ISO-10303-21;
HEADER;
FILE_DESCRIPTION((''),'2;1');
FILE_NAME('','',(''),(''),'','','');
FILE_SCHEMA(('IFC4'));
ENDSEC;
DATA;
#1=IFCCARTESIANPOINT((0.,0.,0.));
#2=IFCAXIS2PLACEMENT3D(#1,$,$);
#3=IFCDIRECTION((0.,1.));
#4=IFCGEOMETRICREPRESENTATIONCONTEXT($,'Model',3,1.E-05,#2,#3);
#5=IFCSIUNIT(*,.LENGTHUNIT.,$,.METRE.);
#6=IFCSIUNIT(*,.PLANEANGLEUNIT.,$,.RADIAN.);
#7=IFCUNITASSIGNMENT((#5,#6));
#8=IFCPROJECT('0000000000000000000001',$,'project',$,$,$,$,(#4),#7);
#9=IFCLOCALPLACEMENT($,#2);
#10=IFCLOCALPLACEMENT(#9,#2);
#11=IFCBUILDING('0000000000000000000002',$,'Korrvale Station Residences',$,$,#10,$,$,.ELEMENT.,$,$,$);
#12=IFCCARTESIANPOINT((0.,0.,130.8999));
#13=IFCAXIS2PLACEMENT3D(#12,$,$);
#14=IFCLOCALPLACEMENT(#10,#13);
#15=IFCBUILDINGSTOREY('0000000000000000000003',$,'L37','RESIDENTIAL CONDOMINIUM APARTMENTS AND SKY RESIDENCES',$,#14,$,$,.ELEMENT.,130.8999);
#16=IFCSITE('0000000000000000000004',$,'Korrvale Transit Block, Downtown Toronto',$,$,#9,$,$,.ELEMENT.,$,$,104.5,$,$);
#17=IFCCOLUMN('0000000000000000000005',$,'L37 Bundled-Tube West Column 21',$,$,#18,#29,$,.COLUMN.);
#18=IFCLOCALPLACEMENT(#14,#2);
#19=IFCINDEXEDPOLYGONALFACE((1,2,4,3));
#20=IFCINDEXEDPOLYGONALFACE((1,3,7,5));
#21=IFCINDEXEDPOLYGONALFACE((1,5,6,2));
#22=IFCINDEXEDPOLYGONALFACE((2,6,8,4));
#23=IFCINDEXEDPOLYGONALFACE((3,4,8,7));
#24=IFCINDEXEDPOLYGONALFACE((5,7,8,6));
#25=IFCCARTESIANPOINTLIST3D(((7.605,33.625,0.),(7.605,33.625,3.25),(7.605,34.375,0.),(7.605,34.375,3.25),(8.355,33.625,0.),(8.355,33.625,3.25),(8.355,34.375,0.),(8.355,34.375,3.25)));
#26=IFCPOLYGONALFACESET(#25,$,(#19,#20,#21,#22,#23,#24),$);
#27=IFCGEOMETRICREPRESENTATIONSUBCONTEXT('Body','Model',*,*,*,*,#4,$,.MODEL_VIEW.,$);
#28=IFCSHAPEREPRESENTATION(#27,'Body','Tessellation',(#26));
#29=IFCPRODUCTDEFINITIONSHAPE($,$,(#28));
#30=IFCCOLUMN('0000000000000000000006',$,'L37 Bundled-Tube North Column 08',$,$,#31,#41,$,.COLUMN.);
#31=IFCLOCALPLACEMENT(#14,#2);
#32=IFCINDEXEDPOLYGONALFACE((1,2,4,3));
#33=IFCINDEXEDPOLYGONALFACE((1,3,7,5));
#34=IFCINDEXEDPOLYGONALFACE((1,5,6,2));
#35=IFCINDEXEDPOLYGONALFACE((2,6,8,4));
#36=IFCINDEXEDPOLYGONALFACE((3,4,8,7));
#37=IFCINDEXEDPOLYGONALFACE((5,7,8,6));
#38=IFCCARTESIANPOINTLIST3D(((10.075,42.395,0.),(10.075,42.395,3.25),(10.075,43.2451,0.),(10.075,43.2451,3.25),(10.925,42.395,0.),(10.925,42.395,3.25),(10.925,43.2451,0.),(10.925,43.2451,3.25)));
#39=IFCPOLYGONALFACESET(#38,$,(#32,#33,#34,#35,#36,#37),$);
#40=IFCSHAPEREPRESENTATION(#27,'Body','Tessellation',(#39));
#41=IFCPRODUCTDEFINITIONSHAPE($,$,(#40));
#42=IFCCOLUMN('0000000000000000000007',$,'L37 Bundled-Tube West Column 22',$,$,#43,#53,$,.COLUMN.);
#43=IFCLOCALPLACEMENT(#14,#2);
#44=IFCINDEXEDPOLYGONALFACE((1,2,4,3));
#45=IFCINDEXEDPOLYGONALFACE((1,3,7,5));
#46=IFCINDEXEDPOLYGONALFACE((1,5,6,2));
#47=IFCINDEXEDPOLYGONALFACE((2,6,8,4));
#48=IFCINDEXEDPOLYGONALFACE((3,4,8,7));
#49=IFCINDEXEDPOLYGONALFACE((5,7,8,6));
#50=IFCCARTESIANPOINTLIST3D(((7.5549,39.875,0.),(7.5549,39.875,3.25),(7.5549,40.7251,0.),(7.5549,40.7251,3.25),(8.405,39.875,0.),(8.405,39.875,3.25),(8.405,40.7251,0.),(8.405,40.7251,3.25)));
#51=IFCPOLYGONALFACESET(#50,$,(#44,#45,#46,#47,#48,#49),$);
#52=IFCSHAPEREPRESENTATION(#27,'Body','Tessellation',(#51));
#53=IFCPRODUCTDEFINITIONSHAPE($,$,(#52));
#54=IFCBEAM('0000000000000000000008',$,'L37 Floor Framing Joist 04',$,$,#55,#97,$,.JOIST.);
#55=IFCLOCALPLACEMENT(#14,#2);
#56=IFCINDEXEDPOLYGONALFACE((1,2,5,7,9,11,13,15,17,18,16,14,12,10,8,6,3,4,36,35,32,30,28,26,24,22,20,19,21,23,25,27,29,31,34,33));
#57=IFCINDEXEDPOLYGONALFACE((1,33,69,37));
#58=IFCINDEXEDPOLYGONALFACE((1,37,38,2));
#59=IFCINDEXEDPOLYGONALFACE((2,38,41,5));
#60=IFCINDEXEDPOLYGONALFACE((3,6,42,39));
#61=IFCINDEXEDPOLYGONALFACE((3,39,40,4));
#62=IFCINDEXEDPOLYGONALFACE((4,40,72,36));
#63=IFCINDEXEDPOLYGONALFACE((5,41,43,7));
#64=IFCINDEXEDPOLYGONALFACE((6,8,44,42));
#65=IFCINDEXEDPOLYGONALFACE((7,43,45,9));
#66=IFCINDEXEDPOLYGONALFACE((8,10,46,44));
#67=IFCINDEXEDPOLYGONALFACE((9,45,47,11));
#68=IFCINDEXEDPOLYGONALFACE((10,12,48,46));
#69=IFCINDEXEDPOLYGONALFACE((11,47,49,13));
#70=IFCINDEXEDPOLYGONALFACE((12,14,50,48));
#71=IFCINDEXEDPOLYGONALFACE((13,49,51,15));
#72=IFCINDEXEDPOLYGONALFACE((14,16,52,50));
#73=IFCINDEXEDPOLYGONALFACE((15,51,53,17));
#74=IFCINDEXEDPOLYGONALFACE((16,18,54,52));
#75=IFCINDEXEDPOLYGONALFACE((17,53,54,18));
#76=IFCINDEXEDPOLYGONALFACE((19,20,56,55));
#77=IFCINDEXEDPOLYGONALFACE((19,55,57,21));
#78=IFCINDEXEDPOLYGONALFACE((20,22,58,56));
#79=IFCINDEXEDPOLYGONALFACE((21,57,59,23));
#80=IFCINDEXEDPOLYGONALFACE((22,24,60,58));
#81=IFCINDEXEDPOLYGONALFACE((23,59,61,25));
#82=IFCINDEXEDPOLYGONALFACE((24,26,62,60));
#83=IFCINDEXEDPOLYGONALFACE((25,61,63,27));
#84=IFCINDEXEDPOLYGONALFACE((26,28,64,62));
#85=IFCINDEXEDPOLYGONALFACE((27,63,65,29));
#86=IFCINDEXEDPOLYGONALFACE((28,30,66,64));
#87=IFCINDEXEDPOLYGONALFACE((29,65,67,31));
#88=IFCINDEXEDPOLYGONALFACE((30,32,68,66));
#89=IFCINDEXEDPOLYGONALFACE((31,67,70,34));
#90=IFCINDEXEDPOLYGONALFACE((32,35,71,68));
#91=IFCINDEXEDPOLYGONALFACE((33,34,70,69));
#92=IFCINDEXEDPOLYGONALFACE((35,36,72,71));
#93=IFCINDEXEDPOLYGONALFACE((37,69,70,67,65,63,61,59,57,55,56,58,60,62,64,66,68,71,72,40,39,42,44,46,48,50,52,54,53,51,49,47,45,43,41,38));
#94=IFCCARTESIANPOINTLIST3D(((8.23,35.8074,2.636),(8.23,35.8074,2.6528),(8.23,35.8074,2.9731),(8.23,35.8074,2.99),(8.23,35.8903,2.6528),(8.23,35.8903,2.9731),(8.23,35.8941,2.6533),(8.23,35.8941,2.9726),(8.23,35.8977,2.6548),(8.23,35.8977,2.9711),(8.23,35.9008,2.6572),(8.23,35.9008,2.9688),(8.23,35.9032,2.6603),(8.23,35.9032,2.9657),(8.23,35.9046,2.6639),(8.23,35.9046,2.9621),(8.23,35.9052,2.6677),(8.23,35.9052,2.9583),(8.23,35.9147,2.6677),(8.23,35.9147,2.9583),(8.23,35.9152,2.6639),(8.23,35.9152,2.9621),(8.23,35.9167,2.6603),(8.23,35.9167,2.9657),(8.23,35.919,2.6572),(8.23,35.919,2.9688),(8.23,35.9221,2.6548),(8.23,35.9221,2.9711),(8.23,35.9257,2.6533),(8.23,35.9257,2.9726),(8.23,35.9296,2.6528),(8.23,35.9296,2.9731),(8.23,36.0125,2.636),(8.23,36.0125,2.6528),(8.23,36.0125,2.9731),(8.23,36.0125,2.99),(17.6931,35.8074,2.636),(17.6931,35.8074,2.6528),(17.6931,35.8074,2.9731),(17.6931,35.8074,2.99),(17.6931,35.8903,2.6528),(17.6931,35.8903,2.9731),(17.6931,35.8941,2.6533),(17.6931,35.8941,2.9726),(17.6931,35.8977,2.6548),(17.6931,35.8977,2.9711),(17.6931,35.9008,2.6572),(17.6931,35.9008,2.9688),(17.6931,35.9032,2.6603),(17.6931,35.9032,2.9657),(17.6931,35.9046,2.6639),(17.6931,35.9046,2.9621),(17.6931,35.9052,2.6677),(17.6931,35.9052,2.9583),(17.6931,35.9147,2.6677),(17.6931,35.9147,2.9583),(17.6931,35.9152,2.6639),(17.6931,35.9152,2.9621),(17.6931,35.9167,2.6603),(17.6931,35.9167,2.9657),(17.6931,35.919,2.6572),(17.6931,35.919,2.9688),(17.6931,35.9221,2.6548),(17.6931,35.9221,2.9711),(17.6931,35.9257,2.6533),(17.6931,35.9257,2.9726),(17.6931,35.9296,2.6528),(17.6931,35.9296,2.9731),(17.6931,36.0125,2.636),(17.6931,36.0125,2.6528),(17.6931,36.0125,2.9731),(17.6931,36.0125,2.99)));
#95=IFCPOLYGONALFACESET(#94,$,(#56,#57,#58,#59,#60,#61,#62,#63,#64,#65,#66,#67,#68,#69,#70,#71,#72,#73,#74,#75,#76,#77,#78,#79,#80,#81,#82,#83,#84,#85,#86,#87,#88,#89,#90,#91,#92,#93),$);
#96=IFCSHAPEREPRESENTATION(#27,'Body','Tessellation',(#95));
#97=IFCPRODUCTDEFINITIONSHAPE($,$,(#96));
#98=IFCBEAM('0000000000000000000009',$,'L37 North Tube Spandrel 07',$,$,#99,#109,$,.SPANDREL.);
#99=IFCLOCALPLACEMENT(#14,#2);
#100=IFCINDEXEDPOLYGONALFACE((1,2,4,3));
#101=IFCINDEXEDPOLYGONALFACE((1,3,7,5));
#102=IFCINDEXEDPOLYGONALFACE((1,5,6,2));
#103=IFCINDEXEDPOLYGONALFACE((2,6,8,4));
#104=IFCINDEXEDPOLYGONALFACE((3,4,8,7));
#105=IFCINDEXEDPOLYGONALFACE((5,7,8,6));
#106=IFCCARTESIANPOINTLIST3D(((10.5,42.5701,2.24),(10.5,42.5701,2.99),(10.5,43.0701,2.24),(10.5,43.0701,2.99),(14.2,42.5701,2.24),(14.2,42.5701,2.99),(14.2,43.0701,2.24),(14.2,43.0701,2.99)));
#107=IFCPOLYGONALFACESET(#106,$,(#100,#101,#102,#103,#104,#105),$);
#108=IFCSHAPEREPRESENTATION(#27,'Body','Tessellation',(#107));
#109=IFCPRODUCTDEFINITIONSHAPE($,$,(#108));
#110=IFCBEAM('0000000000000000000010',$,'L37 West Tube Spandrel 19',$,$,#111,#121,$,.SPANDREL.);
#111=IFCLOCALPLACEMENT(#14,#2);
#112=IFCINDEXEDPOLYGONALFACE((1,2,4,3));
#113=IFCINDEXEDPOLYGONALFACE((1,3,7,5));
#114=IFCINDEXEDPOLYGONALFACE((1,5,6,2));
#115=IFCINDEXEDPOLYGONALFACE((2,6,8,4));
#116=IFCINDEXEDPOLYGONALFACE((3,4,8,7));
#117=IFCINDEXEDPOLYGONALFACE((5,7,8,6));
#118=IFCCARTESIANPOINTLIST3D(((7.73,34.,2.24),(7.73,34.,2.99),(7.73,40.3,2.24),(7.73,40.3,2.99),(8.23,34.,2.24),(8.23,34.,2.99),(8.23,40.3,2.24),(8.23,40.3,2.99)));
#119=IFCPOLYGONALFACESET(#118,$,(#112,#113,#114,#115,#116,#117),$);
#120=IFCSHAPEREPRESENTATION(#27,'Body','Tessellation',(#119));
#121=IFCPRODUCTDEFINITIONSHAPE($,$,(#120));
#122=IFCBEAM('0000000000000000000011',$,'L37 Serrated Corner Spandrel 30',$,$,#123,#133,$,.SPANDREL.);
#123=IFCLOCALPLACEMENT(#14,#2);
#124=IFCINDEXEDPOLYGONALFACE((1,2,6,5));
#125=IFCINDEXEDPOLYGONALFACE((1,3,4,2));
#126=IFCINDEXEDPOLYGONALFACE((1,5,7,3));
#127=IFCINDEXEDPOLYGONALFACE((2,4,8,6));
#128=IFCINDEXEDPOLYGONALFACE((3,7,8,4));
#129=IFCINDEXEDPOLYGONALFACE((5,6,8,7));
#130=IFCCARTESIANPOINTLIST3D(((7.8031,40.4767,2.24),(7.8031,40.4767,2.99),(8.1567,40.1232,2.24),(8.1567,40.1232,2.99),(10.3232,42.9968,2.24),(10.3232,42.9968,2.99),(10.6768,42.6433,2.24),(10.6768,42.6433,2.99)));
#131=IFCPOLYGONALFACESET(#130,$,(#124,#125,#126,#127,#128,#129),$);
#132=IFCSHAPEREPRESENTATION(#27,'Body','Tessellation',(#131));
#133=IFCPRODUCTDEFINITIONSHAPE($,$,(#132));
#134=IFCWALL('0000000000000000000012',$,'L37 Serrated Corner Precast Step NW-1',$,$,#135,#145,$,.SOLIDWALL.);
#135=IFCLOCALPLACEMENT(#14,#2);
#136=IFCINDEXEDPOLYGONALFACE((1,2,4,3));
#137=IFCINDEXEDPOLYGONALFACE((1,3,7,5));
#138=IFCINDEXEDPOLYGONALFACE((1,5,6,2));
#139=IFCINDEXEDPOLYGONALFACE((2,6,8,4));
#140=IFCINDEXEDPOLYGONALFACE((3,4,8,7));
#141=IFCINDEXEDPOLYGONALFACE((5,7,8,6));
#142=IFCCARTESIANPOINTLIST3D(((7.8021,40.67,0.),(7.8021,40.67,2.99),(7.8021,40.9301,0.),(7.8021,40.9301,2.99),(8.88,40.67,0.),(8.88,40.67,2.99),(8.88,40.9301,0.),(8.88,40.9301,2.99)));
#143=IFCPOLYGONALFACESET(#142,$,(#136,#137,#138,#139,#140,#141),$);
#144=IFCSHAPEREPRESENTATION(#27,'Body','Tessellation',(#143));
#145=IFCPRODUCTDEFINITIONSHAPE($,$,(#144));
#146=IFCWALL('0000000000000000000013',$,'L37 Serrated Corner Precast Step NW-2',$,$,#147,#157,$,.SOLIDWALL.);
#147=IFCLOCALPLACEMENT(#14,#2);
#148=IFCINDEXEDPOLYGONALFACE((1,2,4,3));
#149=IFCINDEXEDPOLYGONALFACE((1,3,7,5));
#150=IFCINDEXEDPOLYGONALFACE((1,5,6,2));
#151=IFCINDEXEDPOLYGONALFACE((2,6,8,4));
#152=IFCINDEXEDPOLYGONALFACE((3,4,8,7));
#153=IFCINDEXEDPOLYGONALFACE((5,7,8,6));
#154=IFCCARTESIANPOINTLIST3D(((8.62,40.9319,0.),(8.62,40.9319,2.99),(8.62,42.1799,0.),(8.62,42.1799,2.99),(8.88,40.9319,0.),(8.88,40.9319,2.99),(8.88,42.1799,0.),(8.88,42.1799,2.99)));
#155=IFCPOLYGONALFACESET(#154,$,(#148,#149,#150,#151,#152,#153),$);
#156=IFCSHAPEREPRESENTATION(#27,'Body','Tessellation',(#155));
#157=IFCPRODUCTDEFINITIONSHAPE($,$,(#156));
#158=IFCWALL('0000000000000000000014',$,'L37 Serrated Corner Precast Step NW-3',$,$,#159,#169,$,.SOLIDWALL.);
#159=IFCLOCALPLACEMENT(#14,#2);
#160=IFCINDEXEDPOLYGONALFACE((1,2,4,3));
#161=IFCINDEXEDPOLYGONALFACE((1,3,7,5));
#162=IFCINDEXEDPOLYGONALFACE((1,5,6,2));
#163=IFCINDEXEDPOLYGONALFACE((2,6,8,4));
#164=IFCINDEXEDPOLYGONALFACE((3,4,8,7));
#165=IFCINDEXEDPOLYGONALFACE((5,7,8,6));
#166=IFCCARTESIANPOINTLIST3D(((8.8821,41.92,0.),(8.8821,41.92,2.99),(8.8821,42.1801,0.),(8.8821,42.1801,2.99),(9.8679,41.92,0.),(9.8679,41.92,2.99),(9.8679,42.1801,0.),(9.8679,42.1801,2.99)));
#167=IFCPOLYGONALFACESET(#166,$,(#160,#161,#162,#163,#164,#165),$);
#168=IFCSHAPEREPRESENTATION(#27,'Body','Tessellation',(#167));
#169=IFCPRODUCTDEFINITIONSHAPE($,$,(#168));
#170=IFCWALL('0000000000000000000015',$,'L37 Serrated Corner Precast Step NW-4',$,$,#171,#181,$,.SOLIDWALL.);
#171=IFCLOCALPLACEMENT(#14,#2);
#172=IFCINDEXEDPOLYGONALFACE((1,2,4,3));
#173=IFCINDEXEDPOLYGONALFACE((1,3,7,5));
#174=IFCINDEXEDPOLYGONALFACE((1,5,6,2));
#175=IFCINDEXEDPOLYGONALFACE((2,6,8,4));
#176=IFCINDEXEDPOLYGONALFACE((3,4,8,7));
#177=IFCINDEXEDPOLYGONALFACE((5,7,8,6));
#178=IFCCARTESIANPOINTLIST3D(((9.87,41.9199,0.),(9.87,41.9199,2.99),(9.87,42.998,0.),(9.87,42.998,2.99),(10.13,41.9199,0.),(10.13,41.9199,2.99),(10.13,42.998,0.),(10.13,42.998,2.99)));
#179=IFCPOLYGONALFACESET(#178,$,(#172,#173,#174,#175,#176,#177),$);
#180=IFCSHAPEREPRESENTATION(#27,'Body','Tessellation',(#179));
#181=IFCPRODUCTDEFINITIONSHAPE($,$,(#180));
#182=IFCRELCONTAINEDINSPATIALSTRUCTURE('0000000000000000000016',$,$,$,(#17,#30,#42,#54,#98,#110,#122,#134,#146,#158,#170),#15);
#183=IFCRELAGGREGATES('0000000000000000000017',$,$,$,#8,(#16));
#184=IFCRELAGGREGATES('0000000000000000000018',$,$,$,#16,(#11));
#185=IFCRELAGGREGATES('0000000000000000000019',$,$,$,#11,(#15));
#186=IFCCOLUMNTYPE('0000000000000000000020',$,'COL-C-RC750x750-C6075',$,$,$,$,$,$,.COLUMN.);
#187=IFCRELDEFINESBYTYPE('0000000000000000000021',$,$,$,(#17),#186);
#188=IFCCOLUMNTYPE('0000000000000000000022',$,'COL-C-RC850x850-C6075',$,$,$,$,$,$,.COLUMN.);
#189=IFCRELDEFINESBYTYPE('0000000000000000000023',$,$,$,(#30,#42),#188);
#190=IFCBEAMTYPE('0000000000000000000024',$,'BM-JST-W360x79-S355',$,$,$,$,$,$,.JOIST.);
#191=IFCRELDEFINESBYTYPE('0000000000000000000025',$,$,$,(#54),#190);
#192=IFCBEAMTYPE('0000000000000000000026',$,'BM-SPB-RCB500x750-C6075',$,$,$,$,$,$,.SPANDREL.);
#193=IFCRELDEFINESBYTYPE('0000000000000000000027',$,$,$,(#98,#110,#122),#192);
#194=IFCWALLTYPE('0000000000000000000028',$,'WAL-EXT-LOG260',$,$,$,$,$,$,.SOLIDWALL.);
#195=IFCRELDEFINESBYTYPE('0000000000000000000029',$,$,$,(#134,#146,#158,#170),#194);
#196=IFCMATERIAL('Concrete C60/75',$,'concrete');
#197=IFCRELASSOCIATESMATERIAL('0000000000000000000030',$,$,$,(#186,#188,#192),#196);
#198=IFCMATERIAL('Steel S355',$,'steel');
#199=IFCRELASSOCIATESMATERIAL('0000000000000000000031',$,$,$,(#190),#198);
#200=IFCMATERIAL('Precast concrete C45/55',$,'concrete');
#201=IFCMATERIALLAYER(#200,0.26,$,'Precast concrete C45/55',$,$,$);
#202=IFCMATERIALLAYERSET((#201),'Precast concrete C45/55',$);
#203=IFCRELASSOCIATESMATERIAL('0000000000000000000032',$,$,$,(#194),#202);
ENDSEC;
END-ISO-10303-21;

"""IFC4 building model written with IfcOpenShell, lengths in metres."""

from ifc_helpers import new_model, si_unit, direction, frame, frame_2d, origin, origin_2d, place, context, subcontext, project, spatial, rectangle, i_section, extrude, material, layer, layer_set, material_profile, profile_set, type_object, element, save


model = new_model("IFC4")

# Units and contexts
model_context = context("Model", 3, precision=1e-05, world=origin(), true_north=direction((0.0, 1.0)))
body_context = subcontext(model_context, "Body", "Model", "MODEL_VIEW")
ifc_project = project(units=[si_unit("LENGTHUNIT", "METRE"), si_unit("PLANEANGLEUNIT", "RADIAN")], contexts=[model_context])

# Site, building, storey
site_placement = place(None, origin())
site = spatial("IfcSite", under=ifc_project, at=site_placement, Name="Korrvale Transit Block, Downtown Toronto", CompositionType="ELEMENT", RefElevation=104.5)
building_placement = place(site_placement, origin())
building = spatial("IfcBuilding", under=site, at=building_placement, Name="Korrvale Station Residences", CompositionType="ELEMENT")
storey_placement = place(building_placement, frame((0.0, 0.0, 130.8999)))
storey = spatial("IfcBuildingStorey", under=building, at=storey_placement, Name="L37", Description="RESIDENTIAL CONDOMINIUM APARTMENTS AND SKY RESIDENCES", CompositionType="ELEMENT", Elevation=130.8999)

# Columns
ifc_material_1 = material(Name="Concrete C60/75", Category="concrete")
ifc_material_profile_1 = material_profile(ifc_material_1, rectangle(XDim=0.75, YDim=0.75, at=origin_2d()), Name="RC750x750")
ifc_profile_set_1 = profile_set([ifc_material_profile_1], Name="Concrete C60/75")
column_type_1 = type_object("IfcColumnType", Name="COL-C-RC750x750-C6075", PredefinedType="COLUMN", material=ifc_profile_set_1)
column_placement = place(storey_placement, frame((7.98, 34.0, 0.0), z_axis=(0.0, 0.0, 1.0), x_axis=(1.0, 0.0, 0.0)))
element("IfcColumn", 1, at=column_placement, inside=storey, type_object=column_type_1, Name="L37 Bundled-Tube West Column 21", PredefinedType="COLUMN", context=body_context, shape_type="SweptSolid", body=[
    extrude(rectangle(XDim=0.75, YDim=0.75, at=origin_2d()), origin(), (0.0, 0.0, 1.0), 3.25),
])
ifc_material_profile_2 = material_profile(ifc_material_1, rectangle(XDim=0.8501, YDim=0.8501, at=origin_2d()), Name="RC850x850")
ifc_profile_set_2 = profile_set([ifc_material_profile_2], Name="Concrete C60/75")
column_type_2 = type_object("IfcColumnType", Name="COL-C-RC850x850-C6075", PredefinedType="COLUMN", material=ifc_profile_set_2)
for number, where, z_axis, x_axis, name in (
    (2, (10.5, 42.8201, 0.0), (0.0, 0.0, 1.0), (1.0, 0.0, 0.0), "L37 Bundled-Tube North Column 08"),
    (3, (7.98, 40.3, 0.0), (0.0, 0.0, 1.0), (1.0, 0.0, 0.0), "L37 Bundled-Tube West Column 22"),
):
    element("IfcColumn", number, at=place(storey_placement, frame(where, z_axis=z_axis, x_axis=x_axis)), inside=storey, type_object=column_type_2, Name=name, PredefinedType="COLUMN", context=body_context, shape_type="SweptSolid", body=[
        extrude(rectangle(XDim=0.8501, YDim=0.8501, at=origin_2d()), origin(), (0.0, 0.0, 1.0), 3.25),
    ])

# Beams
ifc_material_2 = material(Name="Steel S355", Category="steel")
ifc_material_profile_3 = material_profile(ifc_material_2, i_section(OverallWidth=0.2051, OverallDepth=0.354, WebThickness=0.0095, FlangeThickness=0.0168, FilletRadius=0.0149, at=origin_2d()), Name="W360x79")
ifc_profile_set_3 = profile_set([ifc_material_profile_3], Name="Steel S355")
beam_type_1 = type_object("IfcBeamType", Name="BM-JST-W360x79-S355", PredefinedType="JOIST", material=ifc_profile_set_3)
beam_1_placement = place(storey_placement, frame((8.23, 35.9099, 2.813), z_axis=(1.0, 0.0, 0.0), x_axis=(0.0, 1.0, 0.0)))
element("IfcBeam", 4, at=beam_1_placement, inside=storey, type_object=beam_type_1, Name="L37 Floor Framing Joist 04", PredefinedType="JOIST", context=body_context, shape_type="SweptSolid", body=[
    extrude(i_section(OverallWidth=0.2051, OverallDepth=0.354, WebThickness=0.0095, FlangeThickness=0.0168, FilletRadius=0.0149, at=origin_2d()), origin(), (0.0, 0.0, 1.0), 9.4631),
])
ifc_material_profile_4 = material_profile(ifc_material_1, rectangle(XDim=0.5, YDim=0.75, at=origin_2d()), Name="RCB500x750")
ifc_profile_set_4 = profile_set([ifc_material_profile_4], Name="Concrete C60/75")
beam_type_2 = type_object("IfcBeamType", Name="BM-SPB-RCB500x750-C6075", PredefinedType="SPANDREL", material=ifc_profile_set_4)
beam_2_placement = place(storey_placement, frame((10.5, 42.8201, 2.615), z_axis=(1.0, 0.0, 0.0), x_axis=(0.0, 1.0, 0.0)))
element("IfcBeam", 5, at=beam_2_placement, inside=storey, type_object=beam_type_2, Name="L37 North Tube Spandrel 07", PredefinedType="SPANDREL", context=body_context, shape_type="SweptSolid", body=[
    extrude(rectangle(XDim=0.5, YDim=0.75, at=origin_2d()), origin(), (0.0, 0.0, 1.0), 3.7),
])
beam_3_placement = place(storey_placement, frame((7.98, 34.0, 2.615), z_axis=(0.0, 1.0, 0.0), x_axis=(-1.0, 0.0, 0.0)))
element("IfcBeam", 6, at=beam_3_placement, inside=storey, type_object=beam_type_2, Name="L37 West Tube Spandrel 19", PredefinedType="SPANDREL", context=body_context, shape_type="SweptSolid", body=[
    extrude(rectangle(XDim=0.5, YDim=0.75, at=origin_2d()), origin(), (0.0, 0.0, 1.0), 6.3),
])
beam_4_placement = place(storey_placement, frame((10.5, 42.8201, 2.615), z_axis=(-0.707107, -0.707107, 0.0), x_axis=(0.707107, -0.707107, 0.0)))
element("IfcBeam", 7, at=beam_4_placement, inside=storey, type_object=beam_type_2, Name="L37 Serrated Corner Spandrel 30", PredefinedType="SPANDREL", context=body_context, shape_type="SweptSolid", body=[
    extrude(rectangle(XDim=0.5, YDim=0.75, at=origin_2d()), origin(), (0.0, 0.0, 1.0), 3.564),
])

# Walls
ifc_material_3 = material(Name="Precast concrete C45/55", Category="concrete")
ifc_layer_1 = layer(ifc_material_3, 0.26, Name="Precast concrete C45/55")
ifc_layer_set_1 = layer_set([ifc_layer_1], Name="Precast concrete C45/55")
wall_type_1 = type_object("IfcWallType", Name="WAL-EXT-LOG260", PredefinedType="SOLIDWALL", material=ifc_layer_set_1)
wall_1_placement = place(storey_placement, frame((7.802, 40.8, 0.0), z_axis=(0.0, 0.0, 1.0), x_axis=(1.0, 0.0, 0.0)))
element("IfcWall", 8, at=wall_1_placement, inside=storey, type_object=wall_type_1, Name="L37 Serrated Corner Precast Step NW-1", PredefinedType="SOLIDWALL", context=body_context, shape_type="SweptSolid", body=[
    extrude(rectangle(XDim=1.0779, YDim=0.26, at=frame_2d((0.5391, 0.0))), origin(), (0.0, 0.0, 1.0), 2.99),
])
wall_2_placement = place(storey_placement, frame((8.75, 40.9319, 0.0), z_axis=(0.0, 0.0, 1.0), x_axis=(0.0, 1.0, 0.0)))
element("IfcWall", 9, at=wall_2_placement, inside=storey, type_object=wall_type_1, Name="L37 Serrated Corner Precast Step NW-2", PredefinedType="SOLIDWALL", context=body_context, shape_type="SweptSolid", body=[
    extrude(rectangle(XDim=1.248, YDim=0.26, at=frame_2d((0.624, 0.0))), origin(), (0.0, 0.0, 1.0), 2.99),
])
wall_3_placement = place(storey_placement, frame((8.8821, 42.05, 0.0), z_axis=(0.0, 0.0, 1.0), x_axis=(1.0, 0.0, 0.0)))
element("IfcWall", 10, at=wall_3_placement, inside=storey, type_object=wall_type_1, Name="L37 Serrated Corner Precast Step NW-3", PredefinedType="SOLIDWALL", context=body_context, shape_type="SweptSolid", body=[
    extrude(rectangle(XDim=0.9858, YDim=0.26, at=frame_2d((0.4929, 0.0))), origin(), (0.0, 0.0, 1.0), 2.99),
])
wall_4_placement = place(storey_placement, frame((10.0, 41.9199, 0.0), z_axis=(0.0, 0.0, 1.0), x_axis=(0.0, 1.0, 0.0)))
element("IfcWall", 11, at=wall_4_placement, inside=storey, type_object=wall_type_1, Name="L37 Serrated Corner Precast Step NW-4", PredefinedType="SOLIDWALL", context=body_context, shape_type="SweptSolid", body=[
    extrude(rectangle(XDim=1.0781, YDim=0.26, at=frame_2d((0.5391, 0.0))), origin(), (0.0, 0.0, 1.0), 2.99),
])

save(model, "model.ifc")
